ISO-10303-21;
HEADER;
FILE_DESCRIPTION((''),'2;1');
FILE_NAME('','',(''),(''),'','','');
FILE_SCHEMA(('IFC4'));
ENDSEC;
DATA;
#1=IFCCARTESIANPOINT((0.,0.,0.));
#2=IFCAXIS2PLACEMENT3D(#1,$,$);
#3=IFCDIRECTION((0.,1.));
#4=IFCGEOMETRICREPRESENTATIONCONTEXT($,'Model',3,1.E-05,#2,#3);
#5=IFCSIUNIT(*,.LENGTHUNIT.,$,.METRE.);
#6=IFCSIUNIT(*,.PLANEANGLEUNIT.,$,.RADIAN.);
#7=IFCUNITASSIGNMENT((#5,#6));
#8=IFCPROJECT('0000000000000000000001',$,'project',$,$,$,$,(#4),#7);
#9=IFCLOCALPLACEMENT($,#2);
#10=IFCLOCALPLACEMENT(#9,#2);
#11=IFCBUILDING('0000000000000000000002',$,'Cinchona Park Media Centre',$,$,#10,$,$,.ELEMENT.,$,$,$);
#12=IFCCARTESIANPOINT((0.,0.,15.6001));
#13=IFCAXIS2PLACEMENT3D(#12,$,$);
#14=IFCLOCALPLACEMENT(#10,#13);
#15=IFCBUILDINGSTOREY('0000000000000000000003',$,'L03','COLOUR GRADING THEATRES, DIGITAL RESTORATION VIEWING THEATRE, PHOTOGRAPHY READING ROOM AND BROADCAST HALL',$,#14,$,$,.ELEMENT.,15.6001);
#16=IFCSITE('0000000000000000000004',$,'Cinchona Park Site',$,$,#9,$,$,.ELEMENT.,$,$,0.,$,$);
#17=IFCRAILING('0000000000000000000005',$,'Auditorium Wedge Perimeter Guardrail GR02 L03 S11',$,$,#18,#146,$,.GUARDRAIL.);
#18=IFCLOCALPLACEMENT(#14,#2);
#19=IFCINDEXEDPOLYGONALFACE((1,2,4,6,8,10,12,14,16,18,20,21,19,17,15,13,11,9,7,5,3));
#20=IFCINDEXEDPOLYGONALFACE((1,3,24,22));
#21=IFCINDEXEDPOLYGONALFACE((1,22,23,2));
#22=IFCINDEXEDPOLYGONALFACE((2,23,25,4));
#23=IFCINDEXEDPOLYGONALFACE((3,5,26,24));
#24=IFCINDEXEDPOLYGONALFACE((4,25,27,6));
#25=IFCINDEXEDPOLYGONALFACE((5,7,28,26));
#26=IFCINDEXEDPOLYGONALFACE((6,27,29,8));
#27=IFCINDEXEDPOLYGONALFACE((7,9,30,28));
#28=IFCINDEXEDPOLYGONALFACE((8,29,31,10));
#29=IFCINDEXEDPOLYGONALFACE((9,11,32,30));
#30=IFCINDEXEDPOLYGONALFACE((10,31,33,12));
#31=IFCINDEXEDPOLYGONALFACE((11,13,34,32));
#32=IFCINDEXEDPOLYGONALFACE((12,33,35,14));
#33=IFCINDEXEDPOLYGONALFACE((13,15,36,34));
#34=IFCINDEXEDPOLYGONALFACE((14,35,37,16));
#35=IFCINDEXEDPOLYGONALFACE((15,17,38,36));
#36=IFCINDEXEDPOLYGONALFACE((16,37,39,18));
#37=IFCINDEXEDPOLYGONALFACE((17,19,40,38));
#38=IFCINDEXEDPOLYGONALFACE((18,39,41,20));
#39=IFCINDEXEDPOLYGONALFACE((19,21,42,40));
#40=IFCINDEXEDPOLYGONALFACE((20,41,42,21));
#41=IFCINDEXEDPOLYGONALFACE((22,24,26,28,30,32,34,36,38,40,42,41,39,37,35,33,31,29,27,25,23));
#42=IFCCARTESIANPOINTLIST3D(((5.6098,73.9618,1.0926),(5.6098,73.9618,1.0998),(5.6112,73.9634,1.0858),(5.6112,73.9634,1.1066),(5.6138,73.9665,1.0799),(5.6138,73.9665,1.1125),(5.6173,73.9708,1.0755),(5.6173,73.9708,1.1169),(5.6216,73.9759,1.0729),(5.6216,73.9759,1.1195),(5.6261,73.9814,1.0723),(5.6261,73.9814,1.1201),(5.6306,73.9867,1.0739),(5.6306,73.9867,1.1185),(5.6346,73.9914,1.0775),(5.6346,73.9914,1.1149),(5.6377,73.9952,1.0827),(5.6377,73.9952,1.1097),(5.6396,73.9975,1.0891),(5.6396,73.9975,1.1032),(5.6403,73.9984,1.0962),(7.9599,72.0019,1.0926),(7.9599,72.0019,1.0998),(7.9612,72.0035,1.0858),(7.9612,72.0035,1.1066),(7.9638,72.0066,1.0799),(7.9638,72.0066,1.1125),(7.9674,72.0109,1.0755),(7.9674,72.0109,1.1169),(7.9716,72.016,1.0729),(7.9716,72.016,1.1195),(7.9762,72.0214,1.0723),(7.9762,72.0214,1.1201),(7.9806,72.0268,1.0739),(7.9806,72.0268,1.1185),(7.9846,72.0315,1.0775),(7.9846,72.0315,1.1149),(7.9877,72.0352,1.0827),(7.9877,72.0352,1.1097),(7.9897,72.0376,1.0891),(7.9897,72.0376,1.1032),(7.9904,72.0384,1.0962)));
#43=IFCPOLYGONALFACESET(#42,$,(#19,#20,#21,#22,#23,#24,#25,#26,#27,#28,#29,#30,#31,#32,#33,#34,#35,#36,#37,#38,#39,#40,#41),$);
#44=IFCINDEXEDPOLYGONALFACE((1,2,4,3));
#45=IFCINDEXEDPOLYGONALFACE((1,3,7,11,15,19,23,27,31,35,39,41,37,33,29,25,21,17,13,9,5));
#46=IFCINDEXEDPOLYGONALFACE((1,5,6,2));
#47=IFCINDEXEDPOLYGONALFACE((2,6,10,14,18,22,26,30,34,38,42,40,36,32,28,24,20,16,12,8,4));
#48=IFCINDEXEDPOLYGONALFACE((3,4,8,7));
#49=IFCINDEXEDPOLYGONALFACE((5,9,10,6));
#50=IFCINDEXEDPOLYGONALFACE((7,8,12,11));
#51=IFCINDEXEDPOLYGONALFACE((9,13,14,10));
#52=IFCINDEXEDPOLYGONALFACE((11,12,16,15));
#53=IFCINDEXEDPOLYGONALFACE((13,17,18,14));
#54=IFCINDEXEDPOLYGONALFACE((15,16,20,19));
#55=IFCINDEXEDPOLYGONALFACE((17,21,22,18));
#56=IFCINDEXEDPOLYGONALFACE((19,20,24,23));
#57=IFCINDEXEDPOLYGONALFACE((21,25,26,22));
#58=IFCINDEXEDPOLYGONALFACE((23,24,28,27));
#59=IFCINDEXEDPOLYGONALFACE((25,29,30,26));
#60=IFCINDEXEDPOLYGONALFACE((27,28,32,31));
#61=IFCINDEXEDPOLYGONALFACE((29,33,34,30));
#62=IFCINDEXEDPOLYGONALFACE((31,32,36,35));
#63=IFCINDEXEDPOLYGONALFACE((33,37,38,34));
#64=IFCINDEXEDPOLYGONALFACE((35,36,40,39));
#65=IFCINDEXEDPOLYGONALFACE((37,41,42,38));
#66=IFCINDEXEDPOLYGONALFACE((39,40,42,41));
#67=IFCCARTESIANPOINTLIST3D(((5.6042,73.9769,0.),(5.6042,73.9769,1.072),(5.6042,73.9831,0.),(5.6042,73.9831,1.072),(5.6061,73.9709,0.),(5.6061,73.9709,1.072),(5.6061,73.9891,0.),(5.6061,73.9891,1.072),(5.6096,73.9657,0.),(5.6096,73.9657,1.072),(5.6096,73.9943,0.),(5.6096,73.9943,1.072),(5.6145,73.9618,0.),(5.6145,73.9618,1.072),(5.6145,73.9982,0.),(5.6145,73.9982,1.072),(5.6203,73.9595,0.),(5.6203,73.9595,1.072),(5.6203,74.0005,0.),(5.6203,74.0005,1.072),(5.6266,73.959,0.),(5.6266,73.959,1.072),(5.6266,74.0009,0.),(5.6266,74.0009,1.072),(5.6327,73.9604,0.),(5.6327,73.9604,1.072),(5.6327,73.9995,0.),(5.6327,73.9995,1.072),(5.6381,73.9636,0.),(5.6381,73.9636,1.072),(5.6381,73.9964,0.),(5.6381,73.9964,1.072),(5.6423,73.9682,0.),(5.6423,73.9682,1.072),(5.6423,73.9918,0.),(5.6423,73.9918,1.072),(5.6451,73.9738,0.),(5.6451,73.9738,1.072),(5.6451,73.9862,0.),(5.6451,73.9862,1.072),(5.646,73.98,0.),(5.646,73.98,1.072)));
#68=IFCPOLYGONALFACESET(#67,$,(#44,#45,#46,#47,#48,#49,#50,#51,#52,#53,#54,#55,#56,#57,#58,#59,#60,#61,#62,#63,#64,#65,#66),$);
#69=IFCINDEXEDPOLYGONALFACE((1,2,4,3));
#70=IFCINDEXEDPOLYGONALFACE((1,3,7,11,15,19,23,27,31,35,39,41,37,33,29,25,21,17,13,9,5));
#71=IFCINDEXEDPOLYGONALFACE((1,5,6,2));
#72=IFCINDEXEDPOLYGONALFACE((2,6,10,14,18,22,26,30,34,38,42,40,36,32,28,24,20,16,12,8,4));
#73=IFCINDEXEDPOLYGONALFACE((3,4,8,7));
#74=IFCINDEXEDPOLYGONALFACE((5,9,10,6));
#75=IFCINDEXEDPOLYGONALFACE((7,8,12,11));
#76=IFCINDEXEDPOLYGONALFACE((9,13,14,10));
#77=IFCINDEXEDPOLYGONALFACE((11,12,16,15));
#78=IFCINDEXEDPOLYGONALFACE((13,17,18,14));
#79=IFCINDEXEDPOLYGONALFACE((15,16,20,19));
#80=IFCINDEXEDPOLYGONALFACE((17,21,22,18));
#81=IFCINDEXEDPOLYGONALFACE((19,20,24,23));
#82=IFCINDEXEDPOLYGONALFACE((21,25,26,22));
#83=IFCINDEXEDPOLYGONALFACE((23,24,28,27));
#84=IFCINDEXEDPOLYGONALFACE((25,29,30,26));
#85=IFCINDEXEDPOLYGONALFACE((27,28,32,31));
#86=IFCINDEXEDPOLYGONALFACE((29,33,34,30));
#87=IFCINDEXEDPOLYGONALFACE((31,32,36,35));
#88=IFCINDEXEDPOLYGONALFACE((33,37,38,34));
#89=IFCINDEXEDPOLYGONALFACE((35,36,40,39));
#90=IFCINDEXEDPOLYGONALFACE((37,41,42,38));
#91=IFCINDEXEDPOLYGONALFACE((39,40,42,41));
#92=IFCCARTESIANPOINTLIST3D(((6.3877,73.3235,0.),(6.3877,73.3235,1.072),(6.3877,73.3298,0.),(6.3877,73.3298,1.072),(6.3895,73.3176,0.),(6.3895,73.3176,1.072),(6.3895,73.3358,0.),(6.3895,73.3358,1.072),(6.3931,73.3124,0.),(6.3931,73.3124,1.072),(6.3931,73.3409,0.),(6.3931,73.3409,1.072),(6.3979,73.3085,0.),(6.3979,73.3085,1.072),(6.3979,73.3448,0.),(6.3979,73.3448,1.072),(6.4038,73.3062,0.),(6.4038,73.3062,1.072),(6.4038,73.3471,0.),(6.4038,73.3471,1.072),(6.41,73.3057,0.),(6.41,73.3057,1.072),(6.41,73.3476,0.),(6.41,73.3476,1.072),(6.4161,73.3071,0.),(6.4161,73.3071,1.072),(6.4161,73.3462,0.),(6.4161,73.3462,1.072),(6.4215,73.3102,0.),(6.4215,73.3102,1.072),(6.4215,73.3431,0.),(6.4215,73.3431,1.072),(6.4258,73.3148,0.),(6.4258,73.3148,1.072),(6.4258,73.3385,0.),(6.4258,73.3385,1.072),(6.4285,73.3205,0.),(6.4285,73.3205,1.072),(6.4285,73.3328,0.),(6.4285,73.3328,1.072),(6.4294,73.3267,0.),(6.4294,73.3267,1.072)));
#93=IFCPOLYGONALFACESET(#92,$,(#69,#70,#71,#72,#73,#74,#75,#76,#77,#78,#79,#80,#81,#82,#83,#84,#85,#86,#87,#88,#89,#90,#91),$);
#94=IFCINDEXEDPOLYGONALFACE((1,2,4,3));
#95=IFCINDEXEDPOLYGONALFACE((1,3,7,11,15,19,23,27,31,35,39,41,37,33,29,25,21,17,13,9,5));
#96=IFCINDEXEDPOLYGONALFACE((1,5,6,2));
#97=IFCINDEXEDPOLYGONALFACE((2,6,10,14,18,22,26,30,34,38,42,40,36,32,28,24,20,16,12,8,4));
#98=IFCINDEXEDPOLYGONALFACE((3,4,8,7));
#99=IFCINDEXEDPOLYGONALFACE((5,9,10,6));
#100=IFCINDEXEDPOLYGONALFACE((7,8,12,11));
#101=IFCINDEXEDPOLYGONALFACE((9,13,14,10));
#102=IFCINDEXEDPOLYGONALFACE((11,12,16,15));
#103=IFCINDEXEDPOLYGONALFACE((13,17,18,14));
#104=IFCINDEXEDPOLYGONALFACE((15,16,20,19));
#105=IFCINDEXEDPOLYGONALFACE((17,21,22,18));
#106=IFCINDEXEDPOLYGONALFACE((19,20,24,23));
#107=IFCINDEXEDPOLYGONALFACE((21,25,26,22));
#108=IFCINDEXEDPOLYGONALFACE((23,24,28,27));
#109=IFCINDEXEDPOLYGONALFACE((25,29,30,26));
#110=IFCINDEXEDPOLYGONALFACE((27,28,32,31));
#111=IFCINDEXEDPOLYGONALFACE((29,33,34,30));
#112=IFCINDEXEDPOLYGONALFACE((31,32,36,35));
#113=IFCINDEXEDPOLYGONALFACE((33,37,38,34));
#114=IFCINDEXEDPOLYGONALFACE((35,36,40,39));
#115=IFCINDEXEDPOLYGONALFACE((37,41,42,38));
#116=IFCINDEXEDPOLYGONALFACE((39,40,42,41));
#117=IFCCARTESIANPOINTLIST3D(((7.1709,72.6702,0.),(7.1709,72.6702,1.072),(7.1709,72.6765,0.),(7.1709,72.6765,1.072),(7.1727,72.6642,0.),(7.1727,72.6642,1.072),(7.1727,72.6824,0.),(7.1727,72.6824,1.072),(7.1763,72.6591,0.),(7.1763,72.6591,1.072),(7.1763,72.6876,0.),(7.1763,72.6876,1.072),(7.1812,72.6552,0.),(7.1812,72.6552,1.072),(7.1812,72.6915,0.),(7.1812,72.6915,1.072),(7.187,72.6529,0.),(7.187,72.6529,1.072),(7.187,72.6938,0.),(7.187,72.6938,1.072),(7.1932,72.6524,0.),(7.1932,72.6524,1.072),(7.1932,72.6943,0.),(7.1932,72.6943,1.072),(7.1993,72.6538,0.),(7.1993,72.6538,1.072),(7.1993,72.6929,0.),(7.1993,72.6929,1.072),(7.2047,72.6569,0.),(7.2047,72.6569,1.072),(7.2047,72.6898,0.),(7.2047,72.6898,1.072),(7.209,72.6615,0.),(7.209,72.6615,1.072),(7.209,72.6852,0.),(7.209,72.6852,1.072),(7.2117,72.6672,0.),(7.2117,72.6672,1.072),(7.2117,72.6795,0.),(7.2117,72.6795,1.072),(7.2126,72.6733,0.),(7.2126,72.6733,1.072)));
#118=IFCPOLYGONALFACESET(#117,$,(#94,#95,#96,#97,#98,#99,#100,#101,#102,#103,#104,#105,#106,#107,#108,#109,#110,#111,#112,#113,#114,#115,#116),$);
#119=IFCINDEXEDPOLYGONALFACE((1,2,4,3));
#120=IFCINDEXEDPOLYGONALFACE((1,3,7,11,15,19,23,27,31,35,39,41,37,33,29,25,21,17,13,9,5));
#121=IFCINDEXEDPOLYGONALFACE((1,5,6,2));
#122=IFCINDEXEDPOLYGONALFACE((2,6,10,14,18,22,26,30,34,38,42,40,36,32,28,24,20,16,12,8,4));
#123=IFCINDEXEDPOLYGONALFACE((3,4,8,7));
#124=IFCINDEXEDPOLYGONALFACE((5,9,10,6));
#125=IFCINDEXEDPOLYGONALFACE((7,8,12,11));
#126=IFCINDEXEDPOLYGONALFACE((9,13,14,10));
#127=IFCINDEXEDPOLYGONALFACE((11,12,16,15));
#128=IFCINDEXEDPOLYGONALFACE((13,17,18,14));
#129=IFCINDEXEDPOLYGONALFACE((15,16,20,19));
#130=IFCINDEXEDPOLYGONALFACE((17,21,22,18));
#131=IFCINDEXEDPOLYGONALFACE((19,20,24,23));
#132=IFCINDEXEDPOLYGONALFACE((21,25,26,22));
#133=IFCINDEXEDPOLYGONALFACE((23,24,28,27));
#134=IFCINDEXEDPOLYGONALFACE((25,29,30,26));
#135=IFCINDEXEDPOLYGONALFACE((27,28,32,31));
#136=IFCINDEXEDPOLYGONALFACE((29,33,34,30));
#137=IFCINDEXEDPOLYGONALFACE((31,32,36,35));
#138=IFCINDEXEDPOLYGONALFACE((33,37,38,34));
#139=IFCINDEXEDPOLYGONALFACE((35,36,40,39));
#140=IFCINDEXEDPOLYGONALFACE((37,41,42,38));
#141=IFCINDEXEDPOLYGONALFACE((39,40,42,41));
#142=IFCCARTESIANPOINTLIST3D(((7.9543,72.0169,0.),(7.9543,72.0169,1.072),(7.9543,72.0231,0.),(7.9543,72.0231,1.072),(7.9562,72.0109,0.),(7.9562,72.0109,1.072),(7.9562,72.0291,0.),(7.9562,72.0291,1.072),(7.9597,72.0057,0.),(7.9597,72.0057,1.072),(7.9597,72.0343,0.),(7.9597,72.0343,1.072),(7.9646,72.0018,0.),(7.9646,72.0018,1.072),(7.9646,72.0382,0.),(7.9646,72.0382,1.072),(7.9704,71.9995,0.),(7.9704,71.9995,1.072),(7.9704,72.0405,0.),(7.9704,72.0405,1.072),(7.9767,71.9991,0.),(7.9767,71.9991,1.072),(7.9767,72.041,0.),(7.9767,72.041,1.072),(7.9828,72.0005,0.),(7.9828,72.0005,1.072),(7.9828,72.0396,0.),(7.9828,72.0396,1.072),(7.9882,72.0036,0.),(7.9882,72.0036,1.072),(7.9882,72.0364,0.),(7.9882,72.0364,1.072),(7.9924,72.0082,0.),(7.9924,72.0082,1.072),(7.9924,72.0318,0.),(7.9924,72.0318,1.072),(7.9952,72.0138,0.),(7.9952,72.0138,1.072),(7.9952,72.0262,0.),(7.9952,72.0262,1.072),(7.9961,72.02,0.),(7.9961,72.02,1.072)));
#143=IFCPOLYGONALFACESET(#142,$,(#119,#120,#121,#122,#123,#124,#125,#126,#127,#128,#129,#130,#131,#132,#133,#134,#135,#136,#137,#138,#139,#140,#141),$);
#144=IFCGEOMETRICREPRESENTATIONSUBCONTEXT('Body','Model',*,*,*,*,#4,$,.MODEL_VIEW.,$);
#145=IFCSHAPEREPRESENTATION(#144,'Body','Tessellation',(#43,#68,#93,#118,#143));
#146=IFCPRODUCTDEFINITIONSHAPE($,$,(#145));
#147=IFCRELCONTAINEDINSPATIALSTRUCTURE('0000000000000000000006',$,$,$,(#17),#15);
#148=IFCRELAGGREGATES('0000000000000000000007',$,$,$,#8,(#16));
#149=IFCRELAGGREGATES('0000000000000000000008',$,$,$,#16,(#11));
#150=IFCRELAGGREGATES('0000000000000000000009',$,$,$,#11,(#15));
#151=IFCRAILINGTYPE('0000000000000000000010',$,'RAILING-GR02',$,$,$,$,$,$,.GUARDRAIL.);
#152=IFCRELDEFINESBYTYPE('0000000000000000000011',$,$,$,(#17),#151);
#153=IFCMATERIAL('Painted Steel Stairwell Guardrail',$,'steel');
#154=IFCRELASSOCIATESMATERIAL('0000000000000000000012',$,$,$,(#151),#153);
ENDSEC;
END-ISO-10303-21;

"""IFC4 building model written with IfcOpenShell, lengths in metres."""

from ifc_helpers import new_model, si_unit, direction, frame, origin, origin_2d, place, context, subcontext, project, spatial, circle, extrude, material, type_object, element, save


model = new_model("IFC4")

# Units and contexts
model_context = context("Model", 3, precision=1e-05, world=origin(), true_north=direction((0.0, 1.0)))
body_context = subcontext(model_context, "Body", "Model", "MODEL_VIEW")
ifc_project = project(units=[si_unit("LENGTHUNIT", "METRE"), si_unit("PLANEANGLEUNIT", "RADIAN")], contexts=[model_context])

# Site, building, storey
site_placement = place(None, origin())
site = spatial("IfcSite", under=ifc_project, at=site_placement, Name="Cinchona Park Site", CompositionType="ELEMENT", RefElevation=0.0)
building_placement = place(site_placement, origin())
building = spatial("IfcBuilding", under=site, at=building_placement, Name="Cinchona Park Media Centre", CompositionType="ELEMENT")
storey_placement = place(building_placement, frame((0.0, 0.0, 15.6001)))
storey = spatial("IfcBuildingStorey", under=building, at=storey_placement, Name="L03", Description="COLOUR GRADING THEATRES, DIGITAL RESTORATION VIEWING THEATRE, PHOTOGRAPHY READING ROOM AND BROADCAST HALL", CompositionType="ELEMENT", Elevation=15.6001)

# Railing
ifc_material_1 = material(Name="Painted Steel Stairwell Guardrail", Category="steel")
railing_type_1 = type_object("IfcRailingType", Name="RAILING-GR02", PredefinedType="GUARDRAIL", material=ifc_material_1)
railing_1_placement = place(storey_placement, frame((5.625, 73.98, 0.0)))
element("IfcRailing", 1, at=railing_1_placement, inside=storey, type_object=railing_type_1, Name="Auditorium Wedge Perimeter Guardrail GR02 L03 S11", PredefinedType="GUARDRAIL", context=body_context, shape_type="SweptSolid", body=[
    extrude(circle(Radius=0.0239, at=origin_2d()), frame((0.0, 0.0, 1.0962), z_axis=(0.767973, -0.640483, 0.0), x_axis=(0.640483, 0.767973, 0.0)), (0.0, 0.0, 1.0), 3.0601),
    extrude(circle(Radius=0.021, at=origin_2d()), origin(), (0.0, 0.0, 1.0), 1.072),
    extrude(circle(Radius=0.021, at=origin_2d()), frame((0.7834, -0.6533, 0.0)), (0.0, 0.0, 1.0), 1.072),
    extrude(circle(Radius=0.021, at=origin_2d()), frame((1.5667, -1.3066, 0.0)), (0.0, 0.0, 1.0), 1.072),
    extrude(circle(Radius=0.021, at=origin_2d()), frame((2.3501, -1.96, 0.0)), (0.0, 0.0, 1.0), 1.072),
])

save(model, "model.ifc")
